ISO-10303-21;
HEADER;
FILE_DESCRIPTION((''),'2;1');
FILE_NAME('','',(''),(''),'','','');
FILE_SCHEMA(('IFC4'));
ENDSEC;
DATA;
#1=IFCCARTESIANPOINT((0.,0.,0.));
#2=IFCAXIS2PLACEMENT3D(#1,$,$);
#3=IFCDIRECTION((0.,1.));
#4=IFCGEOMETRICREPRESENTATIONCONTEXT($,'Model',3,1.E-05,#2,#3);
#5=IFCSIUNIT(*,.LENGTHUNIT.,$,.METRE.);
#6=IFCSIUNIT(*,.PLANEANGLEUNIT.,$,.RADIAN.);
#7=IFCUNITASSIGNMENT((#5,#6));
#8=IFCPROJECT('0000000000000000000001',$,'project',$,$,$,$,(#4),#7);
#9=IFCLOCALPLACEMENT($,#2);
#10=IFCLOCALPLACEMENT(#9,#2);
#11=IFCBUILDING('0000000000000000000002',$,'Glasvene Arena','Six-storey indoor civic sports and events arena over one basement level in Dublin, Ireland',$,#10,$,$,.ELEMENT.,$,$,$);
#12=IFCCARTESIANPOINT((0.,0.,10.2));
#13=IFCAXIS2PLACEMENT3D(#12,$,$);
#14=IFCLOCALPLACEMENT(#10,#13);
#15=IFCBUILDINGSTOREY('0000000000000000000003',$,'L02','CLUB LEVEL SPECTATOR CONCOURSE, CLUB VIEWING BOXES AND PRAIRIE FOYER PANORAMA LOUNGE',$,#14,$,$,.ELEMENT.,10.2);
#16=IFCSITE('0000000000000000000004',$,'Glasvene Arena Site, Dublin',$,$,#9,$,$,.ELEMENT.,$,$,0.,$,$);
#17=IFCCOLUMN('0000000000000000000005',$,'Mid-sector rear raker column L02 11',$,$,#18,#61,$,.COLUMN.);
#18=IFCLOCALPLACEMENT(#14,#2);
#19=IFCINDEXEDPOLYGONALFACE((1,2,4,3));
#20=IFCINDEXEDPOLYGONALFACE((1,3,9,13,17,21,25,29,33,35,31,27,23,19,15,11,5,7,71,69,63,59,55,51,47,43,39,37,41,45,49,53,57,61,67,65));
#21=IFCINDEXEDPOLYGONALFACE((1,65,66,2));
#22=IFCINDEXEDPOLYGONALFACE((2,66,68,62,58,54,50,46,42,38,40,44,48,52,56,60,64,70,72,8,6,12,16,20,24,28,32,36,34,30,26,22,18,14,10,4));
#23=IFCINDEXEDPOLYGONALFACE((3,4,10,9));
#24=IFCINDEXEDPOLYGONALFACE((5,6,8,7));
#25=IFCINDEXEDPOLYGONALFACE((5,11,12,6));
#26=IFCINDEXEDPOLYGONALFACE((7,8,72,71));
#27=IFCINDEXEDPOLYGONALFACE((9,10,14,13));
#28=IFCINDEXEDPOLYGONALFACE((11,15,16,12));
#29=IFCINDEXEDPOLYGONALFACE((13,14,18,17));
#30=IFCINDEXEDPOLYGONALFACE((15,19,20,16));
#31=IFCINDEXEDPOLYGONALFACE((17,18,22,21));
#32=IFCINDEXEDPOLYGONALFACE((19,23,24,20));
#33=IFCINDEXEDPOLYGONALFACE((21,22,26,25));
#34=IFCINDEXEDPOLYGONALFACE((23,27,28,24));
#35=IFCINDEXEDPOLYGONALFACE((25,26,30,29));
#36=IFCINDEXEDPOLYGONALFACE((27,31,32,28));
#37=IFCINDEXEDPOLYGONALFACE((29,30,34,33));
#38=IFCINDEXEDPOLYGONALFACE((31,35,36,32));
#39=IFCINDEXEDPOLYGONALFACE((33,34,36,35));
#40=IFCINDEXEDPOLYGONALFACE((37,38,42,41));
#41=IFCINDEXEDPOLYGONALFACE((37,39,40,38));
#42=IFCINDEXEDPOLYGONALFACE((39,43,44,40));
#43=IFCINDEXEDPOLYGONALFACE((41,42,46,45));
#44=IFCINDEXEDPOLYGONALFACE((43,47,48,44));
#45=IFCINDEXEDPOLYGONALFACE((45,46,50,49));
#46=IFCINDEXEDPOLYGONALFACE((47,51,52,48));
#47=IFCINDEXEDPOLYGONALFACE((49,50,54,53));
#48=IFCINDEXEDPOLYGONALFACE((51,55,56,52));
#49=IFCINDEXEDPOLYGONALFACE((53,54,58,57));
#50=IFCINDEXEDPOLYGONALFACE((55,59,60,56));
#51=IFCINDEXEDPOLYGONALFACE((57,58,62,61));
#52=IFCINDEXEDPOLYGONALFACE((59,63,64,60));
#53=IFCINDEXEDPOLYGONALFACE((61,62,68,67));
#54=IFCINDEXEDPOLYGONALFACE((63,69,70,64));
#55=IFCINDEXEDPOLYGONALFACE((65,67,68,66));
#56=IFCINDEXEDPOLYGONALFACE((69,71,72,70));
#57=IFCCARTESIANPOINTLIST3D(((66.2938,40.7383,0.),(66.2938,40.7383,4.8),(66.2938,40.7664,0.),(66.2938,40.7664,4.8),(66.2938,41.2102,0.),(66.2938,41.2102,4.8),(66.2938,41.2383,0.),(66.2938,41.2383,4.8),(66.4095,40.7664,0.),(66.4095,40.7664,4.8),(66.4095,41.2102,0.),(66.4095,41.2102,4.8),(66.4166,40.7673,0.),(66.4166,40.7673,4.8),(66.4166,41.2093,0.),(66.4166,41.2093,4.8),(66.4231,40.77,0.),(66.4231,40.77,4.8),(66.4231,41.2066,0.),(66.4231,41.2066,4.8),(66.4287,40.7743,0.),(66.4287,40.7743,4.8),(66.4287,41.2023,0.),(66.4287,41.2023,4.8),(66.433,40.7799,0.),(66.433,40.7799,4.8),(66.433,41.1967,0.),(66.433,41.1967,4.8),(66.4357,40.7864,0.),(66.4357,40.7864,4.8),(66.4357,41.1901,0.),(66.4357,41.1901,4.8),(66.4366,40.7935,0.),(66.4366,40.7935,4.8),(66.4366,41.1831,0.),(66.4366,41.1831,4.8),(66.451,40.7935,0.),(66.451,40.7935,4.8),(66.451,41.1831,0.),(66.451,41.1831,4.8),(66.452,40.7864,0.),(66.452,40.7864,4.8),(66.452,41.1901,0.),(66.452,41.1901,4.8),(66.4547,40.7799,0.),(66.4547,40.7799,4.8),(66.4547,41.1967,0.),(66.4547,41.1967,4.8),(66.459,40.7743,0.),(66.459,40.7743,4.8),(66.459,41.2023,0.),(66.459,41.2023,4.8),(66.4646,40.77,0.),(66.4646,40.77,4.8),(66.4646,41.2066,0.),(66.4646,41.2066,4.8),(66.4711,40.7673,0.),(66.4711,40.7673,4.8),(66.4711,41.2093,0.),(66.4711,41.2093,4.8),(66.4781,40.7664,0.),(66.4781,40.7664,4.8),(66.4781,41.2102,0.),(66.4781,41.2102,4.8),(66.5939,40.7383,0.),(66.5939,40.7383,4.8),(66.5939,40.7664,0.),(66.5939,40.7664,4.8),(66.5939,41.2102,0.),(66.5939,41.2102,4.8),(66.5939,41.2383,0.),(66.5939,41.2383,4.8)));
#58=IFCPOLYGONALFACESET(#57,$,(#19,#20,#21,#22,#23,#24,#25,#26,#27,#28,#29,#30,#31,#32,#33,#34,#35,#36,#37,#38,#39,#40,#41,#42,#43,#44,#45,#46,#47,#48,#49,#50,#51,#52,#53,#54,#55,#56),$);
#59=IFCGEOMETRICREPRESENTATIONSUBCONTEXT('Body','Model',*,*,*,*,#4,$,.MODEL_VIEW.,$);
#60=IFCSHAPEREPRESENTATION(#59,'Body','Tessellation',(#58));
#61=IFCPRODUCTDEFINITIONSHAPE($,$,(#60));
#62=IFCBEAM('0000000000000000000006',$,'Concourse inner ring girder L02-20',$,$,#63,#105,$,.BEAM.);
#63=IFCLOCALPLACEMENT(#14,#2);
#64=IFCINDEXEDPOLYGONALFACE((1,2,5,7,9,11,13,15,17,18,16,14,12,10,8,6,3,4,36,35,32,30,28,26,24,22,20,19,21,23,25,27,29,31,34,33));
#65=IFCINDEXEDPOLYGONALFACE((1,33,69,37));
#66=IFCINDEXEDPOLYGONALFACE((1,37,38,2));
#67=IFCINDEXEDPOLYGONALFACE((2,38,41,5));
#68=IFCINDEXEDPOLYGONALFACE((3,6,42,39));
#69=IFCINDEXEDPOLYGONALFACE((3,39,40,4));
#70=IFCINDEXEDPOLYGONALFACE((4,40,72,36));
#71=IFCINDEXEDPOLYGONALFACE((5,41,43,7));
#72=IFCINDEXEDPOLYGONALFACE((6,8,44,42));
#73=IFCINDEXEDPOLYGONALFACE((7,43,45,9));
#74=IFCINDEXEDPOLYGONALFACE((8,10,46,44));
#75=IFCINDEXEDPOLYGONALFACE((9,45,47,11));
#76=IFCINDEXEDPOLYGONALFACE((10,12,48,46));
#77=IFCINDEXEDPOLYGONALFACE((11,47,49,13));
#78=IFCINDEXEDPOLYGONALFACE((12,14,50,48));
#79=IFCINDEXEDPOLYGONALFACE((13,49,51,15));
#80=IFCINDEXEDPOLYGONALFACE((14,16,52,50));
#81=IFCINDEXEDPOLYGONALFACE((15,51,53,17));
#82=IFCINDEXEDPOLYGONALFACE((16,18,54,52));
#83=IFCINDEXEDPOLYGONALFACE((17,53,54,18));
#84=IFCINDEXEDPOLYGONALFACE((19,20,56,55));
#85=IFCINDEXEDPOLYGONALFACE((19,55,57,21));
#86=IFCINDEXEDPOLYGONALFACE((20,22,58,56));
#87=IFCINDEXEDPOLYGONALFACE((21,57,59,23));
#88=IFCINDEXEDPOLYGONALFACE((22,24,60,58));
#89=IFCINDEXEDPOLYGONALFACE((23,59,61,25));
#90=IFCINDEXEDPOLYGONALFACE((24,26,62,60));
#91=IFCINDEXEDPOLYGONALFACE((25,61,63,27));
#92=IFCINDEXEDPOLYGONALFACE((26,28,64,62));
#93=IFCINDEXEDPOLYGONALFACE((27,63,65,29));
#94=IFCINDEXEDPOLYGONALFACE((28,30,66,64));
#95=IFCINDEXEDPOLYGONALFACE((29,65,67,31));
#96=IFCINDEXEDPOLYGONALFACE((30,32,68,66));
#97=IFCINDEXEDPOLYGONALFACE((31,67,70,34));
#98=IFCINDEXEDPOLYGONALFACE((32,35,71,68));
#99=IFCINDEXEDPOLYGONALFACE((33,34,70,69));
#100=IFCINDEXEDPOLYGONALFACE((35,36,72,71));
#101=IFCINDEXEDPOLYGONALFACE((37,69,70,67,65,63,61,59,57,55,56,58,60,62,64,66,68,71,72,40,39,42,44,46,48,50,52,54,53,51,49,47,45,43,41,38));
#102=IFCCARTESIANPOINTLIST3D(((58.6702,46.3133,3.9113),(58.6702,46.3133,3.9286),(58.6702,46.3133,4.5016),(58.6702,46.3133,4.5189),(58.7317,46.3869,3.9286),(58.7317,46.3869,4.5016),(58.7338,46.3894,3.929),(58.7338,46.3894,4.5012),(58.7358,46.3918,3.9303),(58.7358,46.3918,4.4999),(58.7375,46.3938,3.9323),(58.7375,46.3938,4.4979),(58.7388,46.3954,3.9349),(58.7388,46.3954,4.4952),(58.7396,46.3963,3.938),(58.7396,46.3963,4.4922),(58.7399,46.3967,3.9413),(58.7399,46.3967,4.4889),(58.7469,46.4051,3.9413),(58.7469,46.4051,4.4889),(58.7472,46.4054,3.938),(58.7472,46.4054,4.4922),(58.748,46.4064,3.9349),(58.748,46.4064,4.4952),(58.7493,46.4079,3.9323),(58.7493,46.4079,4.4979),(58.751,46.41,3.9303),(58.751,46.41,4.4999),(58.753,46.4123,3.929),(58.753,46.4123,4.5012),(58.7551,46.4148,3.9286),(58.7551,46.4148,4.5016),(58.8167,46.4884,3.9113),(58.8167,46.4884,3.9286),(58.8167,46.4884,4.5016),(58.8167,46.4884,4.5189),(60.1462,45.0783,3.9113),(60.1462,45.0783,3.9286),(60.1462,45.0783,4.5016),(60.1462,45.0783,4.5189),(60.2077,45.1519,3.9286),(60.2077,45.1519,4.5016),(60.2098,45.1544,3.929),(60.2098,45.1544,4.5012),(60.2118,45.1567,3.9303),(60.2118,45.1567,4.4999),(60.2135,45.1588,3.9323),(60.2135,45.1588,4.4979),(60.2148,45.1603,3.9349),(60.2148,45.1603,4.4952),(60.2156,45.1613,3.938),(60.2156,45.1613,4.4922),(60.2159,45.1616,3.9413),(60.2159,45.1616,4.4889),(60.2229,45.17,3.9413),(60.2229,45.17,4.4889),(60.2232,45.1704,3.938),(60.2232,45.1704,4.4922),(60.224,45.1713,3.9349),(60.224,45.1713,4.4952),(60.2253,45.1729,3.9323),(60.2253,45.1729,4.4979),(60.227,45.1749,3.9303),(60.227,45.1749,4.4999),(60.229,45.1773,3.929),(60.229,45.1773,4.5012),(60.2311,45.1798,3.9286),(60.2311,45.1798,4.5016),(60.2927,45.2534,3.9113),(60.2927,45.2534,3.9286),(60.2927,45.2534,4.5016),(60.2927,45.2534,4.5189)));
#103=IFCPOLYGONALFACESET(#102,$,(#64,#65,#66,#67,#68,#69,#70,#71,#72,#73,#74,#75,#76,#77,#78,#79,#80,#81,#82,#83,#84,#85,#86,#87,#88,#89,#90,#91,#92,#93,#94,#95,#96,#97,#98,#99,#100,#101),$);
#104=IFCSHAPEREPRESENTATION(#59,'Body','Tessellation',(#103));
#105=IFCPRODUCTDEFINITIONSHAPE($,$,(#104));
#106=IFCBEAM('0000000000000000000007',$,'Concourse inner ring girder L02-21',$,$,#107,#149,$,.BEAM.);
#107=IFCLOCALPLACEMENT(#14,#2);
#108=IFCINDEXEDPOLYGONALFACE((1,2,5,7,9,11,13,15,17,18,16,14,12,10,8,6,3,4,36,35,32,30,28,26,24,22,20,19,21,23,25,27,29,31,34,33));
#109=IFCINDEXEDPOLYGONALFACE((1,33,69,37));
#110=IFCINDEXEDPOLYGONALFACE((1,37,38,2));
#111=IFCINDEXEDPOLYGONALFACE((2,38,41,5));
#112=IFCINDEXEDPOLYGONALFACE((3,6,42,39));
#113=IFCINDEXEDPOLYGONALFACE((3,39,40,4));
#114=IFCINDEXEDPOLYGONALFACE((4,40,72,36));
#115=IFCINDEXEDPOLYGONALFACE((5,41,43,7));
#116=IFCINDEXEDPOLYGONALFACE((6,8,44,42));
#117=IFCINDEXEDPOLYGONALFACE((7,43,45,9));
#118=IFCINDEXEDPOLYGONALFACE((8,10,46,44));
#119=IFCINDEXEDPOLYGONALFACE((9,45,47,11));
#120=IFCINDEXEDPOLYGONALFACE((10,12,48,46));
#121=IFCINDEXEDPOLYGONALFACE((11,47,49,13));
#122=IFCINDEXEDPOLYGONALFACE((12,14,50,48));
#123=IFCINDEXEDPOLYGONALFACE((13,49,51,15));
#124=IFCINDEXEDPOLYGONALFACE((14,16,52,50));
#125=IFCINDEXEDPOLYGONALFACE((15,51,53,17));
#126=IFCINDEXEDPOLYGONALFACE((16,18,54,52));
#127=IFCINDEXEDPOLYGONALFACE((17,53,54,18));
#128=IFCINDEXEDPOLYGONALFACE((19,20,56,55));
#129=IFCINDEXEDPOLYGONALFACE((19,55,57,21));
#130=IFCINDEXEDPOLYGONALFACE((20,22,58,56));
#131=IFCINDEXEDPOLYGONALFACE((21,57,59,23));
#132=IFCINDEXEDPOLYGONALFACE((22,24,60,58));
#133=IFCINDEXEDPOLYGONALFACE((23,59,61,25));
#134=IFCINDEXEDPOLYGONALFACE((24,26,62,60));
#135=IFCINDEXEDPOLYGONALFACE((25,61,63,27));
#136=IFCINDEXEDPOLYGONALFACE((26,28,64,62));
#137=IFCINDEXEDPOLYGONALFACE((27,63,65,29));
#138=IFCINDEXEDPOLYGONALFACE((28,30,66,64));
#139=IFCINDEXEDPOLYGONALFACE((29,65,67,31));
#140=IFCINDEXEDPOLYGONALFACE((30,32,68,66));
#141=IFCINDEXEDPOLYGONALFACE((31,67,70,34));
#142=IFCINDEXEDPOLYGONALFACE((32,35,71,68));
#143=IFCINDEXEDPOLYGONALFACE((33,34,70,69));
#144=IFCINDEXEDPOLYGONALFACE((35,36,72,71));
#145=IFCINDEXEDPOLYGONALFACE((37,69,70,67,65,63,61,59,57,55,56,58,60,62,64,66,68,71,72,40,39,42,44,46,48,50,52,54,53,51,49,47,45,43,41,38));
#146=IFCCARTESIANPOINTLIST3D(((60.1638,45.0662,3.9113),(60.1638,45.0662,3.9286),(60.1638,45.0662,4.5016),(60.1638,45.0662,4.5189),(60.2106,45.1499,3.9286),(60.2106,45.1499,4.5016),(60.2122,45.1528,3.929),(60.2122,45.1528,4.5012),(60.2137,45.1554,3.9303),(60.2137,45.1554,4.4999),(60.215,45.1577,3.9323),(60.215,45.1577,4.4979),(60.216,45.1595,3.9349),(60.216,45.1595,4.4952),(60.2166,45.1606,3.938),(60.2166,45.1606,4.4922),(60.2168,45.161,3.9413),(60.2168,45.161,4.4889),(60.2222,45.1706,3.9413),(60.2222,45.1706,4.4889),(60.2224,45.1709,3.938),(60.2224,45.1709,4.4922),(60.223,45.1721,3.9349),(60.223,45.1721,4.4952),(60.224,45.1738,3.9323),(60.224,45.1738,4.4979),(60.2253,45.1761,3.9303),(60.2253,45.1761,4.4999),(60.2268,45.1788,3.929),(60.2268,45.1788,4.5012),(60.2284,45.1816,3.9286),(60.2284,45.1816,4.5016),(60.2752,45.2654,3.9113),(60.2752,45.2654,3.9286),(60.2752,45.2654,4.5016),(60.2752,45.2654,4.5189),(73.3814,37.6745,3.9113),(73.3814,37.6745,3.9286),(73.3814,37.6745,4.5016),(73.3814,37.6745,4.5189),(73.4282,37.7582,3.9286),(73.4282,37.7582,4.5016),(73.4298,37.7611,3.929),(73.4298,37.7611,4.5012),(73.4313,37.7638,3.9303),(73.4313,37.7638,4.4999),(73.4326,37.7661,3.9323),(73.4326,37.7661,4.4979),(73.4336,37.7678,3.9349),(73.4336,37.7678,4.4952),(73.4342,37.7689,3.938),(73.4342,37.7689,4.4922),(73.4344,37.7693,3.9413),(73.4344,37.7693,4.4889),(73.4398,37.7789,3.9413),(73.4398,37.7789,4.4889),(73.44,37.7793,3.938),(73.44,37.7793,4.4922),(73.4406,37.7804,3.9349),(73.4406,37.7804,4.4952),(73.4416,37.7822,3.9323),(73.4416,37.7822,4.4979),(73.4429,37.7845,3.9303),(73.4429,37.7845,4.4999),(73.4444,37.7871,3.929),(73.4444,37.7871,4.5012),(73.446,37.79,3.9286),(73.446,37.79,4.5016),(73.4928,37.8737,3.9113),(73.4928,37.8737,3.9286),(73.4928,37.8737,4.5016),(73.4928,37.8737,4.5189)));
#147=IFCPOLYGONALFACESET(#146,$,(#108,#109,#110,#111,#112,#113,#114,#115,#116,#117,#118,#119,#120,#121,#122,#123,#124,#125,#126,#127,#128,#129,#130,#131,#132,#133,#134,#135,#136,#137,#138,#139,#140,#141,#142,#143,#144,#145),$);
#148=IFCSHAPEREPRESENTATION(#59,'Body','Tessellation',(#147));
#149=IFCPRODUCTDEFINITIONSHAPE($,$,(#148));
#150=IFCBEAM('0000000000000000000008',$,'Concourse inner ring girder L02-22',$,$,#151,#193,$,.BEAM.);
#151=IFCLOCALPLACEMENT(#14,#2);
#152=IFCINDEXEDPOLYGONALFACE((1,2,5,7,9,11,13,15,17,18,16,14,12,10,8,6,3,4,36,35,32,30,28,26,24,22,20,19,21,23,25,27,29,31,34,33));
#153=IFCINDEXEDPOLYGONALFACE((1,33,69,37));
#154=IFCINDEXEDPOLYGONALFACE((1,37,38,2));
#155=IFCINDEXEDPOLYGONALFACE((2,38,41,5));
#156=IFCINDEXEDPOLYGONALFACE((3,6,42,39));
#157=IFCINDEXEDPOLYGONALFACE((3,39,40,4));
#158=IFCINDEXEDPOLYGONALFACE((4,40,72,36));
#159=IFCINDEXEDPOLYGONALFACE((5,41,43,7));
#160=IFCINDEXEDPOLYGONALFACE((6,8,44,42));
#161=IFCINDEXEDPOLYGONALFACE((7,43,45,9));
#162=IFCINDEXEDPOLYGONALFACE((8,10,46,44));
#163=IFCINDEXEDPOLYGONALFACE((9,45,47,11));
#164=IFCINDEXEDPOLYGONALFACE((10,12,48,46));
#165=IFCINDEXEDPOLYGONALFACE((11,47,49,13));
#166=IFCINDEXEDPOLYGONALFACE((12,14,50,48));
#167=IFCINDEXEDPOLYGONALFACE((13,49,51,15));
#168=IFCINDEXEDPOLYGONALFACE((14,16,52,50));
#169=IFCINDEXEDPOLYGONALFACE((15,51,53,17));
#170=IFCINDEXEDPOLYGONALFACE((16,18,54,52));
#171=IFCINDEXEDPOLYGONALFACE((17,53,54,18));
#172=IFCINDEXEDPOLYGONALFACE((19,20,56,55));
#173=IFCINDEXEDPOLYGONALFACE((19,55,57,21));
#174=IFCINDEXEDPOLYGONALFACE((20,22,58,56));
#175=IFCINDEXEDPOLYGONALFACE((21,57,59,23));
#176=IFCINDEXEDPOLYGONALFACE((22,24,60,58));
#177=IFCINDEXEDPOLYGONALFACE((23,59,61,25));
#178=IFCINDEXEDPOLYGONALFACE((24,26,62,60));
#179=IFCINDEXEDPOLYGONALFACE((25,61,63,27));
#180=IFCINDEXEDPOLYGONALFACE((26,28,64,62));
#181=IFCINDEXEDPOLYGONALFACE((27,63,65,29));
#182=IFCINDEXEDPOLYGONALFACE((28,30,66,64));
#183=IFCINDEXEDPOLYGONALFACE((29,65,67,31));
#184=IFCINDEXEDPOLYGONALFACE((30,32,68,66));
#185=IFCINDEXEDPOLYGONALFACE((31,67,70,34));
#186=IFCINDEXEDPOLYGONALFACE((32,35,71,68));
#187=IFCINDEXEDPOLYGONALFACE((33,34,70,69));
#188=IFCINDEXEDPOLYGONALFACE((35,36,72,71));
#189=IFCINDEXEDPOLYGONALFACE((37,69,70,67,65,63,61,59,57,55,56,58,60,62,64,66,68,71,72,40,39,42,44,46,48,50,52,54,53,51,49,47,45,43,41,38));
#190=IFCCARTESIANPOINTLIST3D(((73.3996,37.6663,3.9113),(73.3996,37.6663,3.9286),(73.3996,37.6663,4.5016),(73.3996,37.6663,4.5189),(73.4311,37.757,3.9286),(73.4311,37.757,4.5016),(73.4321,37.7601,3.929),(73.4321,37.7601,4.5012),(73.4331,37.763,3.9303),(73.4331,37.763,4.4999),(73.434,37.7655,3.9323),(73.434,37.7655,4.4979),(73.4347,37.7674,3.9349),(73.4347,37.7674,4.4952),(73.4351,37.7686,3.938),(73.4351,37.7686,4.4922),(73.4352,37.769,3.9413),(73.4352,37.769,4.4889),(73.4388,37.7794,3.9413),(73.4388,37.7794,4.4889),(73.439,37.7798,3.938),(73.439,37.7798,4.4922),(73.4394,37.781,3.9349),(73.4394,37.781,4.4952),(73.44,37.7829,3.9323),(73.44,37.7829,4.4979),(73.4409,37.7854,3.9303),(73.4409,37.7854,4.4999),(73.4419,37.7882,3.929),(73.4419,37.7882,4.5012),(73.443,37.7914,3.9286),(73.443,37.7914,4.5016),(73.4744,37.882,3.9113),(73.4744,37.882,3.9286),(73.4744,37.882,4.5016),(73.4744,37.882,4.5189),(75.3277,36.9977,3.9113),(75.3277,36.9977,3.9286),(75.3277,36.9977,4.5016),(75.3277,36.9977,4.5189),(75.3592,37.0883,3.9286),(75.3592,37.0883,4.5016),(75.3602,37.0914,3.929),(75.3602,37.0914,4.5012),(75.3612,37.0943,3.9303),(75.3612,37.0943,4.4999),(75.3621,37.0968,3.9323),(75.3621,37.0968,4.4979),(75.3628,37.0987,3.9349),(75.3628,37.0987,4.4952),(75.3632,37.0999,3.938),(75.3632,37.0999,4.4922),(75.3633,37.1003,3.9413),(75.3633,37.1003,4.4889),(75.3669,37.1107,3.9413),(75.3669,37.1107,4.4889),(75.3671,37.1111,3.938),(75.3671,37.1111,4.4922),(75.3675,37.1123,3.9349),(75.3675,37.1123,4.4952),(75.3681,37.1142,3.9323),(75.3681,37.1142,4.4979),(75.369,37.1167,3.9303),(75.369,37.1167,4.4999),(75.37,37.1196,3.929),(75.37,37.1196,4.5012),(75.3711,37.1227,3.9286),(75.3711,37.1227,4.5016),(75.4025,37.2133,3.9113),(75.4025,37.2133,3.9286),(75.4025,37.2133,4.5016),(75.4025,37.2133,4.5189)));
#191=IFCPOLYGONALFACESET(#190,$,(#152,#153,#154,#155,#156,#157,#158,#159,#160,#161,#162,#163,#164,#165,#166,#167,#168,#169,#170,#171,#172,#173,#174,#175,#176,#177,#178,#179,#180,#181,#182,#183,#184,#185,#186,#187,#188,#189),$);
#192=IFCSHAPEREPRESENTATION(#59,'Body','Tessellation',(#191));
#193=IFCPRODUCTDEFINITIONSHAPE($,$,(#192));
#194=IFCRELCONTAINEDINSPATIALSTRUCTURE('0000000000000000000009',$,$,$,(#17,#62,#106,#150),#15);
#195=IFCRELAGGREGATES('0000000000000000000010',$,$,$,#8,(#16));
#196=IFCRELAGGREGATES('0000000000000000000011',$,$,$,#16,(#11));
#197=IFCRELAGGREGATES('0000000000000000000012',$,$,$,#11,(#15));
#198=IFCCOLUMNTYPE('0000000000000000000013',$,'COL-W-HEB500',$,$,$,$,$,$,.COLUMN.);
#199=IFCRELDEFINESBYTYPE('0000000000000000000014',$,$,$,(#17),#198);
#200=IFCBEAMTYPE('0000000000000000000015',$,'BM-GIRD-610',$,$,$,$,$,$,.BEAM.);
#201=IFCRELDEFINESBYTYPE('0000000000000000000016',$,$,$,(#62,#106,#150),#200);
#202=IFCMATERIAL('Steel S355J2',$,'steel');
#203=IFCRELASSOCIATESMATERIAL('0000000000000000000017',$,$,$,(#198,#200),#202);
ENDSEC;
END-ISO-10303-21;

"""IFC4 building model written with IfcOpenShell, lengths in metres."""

from ifc_helpers import new_model, si_unit, direction, frame, origin, origin_2d, place, context, subcontext, project, spatial, i_section, extrude, material, material_profile, profile_set, type_object, element, save


model = new_model("IFC4")

# Units and contexts
model_context = context("Model", 3, precision=1e-05, world=origin(), true_north=direction((0.0, 1.0)))
body_context = subcontext(model_context, "Body", "Model", "MODEL_VIEW")
ifc_project = project(units=[si_unit("LENGTHUNIT", "METRE"), si_unit("PLANEANGLEUNIT", "RADIAN")], contexts=[model_context])

# Site, building, storey
site_placement = place(None, origin())
site = spatial("IfcSite", under=ifc_project, at=site_placement, Name="Glasvene Arena Site, Dublin", CompositionType="ELEMENT", RefElevation=0.0)
building_placement = place(site_placement, origin())
building = spatial("IfcBuilding", under=site, at=building_placement, Name="Glasvene Arena", Description="Six-storey indoor civic sports and events arena over one basement level in Dublin, Ireland", CompositionType="ELEMENT")
storey_placement = place(building_placement, frame((0.0, 0.0, 10.2)))
storey = spatial("IfcBuildingStorey", under=building, at=storey_placement, Name="L02", Description="CLUB LEVEL SPECTATOR CONCOURSE, CLUB VIEWING BOXES AND PRAIRIE FOYER PANORAMA LOUNGE", CompositionType="ELEMENT", Elevation=10.2)

# Column
ifc_material_1 = material(Name="Steel S355J2", Category="steel")
ifc_material_profile_1 = material_profile(ifc_material_1, i_section(OverallWidth=0.3, OverallDepth=0.5, WebThickness=0.0144, FlangeThickness=0.0281, FilletRadius=0.0271, at=origin_2d()), Name="HEB 500")
ifc_profile_set_1 = profile_set([ifc_material_profile_1], Name="Steel S355J2")
column_type_1 = type_object("IfcColumnType", Name="COL-W-HEB500", PredefinedType="COLUMN", material=ifc_profile_set_1)
for number, where, z_axis, x_axis, name in (
    (1, (66.4438, 40.9883, 0.0), (0.0, 0.0, 1.0), (1.0, 0.0, 0.0), "Mid-sector rear raker column L02 11"),
):
    element("IfcColumn", number, at=place(storey_placement, frame(where, z_axis=z_axis, x_axis=x_axis)), inside=storey, type_object=column_type_1, Name=name, PredefinedType="COLUMN", context=body_context, shape_type="SweptSolid", body=[
        extrude(i_section(OverallWidth=0.3, OverallDepth=0.5, WebThickness=0.0144, FlangeThickness=0.0281, FilletRadius=0.0271, at=origin_2d()), origin(), (0.0, 0.0, 1.0), 4.8),
    ])

# Beams
ifc_material_profile_2 = material_profile(ifc_material_1, i_section(OverallWidth=0.2283, OverallDepth=0.6077, WebThickness=0.011, FlangeThickness=0.0173, FilletRadius=0.0127, at=origin_2d()), Name="UKB 610x229x113")
ifc_profile_set_2 = profile_set([ifc_material_profile_2], Name="Steel S355J2")
beam_type_1 = type_object("IfcBeamType", Name="BM-GIRD-610", PredefinedType="BEAM", material=ifc_profile_set_2)
beam_1_placement = place(storey_placement, frame((58.7434, 46.4009, 4.2151), z_axis=(0.76693, -0.64173, 0.0), x_axis=(0.64173, 0.76693, 0.0)))
element("IfcBeam", 2, at=beam_1_placement, inside=storey, type_object=beam_type_1, Name="Concourse inner ring girder L02-20", PredefinedType="BEAM", context=body_context, shape_type="SweptSolid", body=[
    extrude(i_section(OverallWidth=0.2283, OverallDepth=0.6077, WebThickness=0.011, FlangeThickness=0.0173, FilletRadius=0.0127, at=origin_2d()), origin(), (0.0, 0.0, 1.0), 1.9246),
])
beam_2_placement = place(storey_placement, frame((60.2195, 45.1658, 4.2151), z_axis=(0.872793, -0.48809, 0.0), x_axis=(0.48809, 0.872793, 0.0)))
element("IfcBeam", 3, at=beam_2_placement, inside=storey, type_object=beam_type_1, Name="Concourse inner ring girder L02-21", PredefinedType="BEAM", context=body_context, shape_type="SweptSolid", body=[
    extrude(i_section(OverallWidth=0.2283, OverallDepth=0.6077, WebThickness=0.011, FlangeThickness=0.0173, FilletRadius=0.0127, at=origin_2d()), origin(), (0.0, 0.0, 1.0), 15.144),
])
beam_3_placement = place(storey_placement, frame((73.437, 37.7742, 4.2151), z_axis=(0.944798, -0.327653, 0.0), x_axis=(0.327653, 0.944798, 0.0)))
element("IfcBeam", 4, at=beam_3_placement, inside=storey, type_object=beam_type_1, Name="Concourse inner ring girder L02-22", PredefinedType="BEAM", context=body_context, shape_type="SweptSolid", body=[
    extrude(i_section(OverallWidth=0.2283, OverallDepth=0.6077, WebThickness=0.011, FlangeThickness=0.0173, FilletRadius=0.0127, at=origin_2d()), origin(), (0.0, 0.0, 1.0), 2.0408),
])

save(model, "model.ifc")
